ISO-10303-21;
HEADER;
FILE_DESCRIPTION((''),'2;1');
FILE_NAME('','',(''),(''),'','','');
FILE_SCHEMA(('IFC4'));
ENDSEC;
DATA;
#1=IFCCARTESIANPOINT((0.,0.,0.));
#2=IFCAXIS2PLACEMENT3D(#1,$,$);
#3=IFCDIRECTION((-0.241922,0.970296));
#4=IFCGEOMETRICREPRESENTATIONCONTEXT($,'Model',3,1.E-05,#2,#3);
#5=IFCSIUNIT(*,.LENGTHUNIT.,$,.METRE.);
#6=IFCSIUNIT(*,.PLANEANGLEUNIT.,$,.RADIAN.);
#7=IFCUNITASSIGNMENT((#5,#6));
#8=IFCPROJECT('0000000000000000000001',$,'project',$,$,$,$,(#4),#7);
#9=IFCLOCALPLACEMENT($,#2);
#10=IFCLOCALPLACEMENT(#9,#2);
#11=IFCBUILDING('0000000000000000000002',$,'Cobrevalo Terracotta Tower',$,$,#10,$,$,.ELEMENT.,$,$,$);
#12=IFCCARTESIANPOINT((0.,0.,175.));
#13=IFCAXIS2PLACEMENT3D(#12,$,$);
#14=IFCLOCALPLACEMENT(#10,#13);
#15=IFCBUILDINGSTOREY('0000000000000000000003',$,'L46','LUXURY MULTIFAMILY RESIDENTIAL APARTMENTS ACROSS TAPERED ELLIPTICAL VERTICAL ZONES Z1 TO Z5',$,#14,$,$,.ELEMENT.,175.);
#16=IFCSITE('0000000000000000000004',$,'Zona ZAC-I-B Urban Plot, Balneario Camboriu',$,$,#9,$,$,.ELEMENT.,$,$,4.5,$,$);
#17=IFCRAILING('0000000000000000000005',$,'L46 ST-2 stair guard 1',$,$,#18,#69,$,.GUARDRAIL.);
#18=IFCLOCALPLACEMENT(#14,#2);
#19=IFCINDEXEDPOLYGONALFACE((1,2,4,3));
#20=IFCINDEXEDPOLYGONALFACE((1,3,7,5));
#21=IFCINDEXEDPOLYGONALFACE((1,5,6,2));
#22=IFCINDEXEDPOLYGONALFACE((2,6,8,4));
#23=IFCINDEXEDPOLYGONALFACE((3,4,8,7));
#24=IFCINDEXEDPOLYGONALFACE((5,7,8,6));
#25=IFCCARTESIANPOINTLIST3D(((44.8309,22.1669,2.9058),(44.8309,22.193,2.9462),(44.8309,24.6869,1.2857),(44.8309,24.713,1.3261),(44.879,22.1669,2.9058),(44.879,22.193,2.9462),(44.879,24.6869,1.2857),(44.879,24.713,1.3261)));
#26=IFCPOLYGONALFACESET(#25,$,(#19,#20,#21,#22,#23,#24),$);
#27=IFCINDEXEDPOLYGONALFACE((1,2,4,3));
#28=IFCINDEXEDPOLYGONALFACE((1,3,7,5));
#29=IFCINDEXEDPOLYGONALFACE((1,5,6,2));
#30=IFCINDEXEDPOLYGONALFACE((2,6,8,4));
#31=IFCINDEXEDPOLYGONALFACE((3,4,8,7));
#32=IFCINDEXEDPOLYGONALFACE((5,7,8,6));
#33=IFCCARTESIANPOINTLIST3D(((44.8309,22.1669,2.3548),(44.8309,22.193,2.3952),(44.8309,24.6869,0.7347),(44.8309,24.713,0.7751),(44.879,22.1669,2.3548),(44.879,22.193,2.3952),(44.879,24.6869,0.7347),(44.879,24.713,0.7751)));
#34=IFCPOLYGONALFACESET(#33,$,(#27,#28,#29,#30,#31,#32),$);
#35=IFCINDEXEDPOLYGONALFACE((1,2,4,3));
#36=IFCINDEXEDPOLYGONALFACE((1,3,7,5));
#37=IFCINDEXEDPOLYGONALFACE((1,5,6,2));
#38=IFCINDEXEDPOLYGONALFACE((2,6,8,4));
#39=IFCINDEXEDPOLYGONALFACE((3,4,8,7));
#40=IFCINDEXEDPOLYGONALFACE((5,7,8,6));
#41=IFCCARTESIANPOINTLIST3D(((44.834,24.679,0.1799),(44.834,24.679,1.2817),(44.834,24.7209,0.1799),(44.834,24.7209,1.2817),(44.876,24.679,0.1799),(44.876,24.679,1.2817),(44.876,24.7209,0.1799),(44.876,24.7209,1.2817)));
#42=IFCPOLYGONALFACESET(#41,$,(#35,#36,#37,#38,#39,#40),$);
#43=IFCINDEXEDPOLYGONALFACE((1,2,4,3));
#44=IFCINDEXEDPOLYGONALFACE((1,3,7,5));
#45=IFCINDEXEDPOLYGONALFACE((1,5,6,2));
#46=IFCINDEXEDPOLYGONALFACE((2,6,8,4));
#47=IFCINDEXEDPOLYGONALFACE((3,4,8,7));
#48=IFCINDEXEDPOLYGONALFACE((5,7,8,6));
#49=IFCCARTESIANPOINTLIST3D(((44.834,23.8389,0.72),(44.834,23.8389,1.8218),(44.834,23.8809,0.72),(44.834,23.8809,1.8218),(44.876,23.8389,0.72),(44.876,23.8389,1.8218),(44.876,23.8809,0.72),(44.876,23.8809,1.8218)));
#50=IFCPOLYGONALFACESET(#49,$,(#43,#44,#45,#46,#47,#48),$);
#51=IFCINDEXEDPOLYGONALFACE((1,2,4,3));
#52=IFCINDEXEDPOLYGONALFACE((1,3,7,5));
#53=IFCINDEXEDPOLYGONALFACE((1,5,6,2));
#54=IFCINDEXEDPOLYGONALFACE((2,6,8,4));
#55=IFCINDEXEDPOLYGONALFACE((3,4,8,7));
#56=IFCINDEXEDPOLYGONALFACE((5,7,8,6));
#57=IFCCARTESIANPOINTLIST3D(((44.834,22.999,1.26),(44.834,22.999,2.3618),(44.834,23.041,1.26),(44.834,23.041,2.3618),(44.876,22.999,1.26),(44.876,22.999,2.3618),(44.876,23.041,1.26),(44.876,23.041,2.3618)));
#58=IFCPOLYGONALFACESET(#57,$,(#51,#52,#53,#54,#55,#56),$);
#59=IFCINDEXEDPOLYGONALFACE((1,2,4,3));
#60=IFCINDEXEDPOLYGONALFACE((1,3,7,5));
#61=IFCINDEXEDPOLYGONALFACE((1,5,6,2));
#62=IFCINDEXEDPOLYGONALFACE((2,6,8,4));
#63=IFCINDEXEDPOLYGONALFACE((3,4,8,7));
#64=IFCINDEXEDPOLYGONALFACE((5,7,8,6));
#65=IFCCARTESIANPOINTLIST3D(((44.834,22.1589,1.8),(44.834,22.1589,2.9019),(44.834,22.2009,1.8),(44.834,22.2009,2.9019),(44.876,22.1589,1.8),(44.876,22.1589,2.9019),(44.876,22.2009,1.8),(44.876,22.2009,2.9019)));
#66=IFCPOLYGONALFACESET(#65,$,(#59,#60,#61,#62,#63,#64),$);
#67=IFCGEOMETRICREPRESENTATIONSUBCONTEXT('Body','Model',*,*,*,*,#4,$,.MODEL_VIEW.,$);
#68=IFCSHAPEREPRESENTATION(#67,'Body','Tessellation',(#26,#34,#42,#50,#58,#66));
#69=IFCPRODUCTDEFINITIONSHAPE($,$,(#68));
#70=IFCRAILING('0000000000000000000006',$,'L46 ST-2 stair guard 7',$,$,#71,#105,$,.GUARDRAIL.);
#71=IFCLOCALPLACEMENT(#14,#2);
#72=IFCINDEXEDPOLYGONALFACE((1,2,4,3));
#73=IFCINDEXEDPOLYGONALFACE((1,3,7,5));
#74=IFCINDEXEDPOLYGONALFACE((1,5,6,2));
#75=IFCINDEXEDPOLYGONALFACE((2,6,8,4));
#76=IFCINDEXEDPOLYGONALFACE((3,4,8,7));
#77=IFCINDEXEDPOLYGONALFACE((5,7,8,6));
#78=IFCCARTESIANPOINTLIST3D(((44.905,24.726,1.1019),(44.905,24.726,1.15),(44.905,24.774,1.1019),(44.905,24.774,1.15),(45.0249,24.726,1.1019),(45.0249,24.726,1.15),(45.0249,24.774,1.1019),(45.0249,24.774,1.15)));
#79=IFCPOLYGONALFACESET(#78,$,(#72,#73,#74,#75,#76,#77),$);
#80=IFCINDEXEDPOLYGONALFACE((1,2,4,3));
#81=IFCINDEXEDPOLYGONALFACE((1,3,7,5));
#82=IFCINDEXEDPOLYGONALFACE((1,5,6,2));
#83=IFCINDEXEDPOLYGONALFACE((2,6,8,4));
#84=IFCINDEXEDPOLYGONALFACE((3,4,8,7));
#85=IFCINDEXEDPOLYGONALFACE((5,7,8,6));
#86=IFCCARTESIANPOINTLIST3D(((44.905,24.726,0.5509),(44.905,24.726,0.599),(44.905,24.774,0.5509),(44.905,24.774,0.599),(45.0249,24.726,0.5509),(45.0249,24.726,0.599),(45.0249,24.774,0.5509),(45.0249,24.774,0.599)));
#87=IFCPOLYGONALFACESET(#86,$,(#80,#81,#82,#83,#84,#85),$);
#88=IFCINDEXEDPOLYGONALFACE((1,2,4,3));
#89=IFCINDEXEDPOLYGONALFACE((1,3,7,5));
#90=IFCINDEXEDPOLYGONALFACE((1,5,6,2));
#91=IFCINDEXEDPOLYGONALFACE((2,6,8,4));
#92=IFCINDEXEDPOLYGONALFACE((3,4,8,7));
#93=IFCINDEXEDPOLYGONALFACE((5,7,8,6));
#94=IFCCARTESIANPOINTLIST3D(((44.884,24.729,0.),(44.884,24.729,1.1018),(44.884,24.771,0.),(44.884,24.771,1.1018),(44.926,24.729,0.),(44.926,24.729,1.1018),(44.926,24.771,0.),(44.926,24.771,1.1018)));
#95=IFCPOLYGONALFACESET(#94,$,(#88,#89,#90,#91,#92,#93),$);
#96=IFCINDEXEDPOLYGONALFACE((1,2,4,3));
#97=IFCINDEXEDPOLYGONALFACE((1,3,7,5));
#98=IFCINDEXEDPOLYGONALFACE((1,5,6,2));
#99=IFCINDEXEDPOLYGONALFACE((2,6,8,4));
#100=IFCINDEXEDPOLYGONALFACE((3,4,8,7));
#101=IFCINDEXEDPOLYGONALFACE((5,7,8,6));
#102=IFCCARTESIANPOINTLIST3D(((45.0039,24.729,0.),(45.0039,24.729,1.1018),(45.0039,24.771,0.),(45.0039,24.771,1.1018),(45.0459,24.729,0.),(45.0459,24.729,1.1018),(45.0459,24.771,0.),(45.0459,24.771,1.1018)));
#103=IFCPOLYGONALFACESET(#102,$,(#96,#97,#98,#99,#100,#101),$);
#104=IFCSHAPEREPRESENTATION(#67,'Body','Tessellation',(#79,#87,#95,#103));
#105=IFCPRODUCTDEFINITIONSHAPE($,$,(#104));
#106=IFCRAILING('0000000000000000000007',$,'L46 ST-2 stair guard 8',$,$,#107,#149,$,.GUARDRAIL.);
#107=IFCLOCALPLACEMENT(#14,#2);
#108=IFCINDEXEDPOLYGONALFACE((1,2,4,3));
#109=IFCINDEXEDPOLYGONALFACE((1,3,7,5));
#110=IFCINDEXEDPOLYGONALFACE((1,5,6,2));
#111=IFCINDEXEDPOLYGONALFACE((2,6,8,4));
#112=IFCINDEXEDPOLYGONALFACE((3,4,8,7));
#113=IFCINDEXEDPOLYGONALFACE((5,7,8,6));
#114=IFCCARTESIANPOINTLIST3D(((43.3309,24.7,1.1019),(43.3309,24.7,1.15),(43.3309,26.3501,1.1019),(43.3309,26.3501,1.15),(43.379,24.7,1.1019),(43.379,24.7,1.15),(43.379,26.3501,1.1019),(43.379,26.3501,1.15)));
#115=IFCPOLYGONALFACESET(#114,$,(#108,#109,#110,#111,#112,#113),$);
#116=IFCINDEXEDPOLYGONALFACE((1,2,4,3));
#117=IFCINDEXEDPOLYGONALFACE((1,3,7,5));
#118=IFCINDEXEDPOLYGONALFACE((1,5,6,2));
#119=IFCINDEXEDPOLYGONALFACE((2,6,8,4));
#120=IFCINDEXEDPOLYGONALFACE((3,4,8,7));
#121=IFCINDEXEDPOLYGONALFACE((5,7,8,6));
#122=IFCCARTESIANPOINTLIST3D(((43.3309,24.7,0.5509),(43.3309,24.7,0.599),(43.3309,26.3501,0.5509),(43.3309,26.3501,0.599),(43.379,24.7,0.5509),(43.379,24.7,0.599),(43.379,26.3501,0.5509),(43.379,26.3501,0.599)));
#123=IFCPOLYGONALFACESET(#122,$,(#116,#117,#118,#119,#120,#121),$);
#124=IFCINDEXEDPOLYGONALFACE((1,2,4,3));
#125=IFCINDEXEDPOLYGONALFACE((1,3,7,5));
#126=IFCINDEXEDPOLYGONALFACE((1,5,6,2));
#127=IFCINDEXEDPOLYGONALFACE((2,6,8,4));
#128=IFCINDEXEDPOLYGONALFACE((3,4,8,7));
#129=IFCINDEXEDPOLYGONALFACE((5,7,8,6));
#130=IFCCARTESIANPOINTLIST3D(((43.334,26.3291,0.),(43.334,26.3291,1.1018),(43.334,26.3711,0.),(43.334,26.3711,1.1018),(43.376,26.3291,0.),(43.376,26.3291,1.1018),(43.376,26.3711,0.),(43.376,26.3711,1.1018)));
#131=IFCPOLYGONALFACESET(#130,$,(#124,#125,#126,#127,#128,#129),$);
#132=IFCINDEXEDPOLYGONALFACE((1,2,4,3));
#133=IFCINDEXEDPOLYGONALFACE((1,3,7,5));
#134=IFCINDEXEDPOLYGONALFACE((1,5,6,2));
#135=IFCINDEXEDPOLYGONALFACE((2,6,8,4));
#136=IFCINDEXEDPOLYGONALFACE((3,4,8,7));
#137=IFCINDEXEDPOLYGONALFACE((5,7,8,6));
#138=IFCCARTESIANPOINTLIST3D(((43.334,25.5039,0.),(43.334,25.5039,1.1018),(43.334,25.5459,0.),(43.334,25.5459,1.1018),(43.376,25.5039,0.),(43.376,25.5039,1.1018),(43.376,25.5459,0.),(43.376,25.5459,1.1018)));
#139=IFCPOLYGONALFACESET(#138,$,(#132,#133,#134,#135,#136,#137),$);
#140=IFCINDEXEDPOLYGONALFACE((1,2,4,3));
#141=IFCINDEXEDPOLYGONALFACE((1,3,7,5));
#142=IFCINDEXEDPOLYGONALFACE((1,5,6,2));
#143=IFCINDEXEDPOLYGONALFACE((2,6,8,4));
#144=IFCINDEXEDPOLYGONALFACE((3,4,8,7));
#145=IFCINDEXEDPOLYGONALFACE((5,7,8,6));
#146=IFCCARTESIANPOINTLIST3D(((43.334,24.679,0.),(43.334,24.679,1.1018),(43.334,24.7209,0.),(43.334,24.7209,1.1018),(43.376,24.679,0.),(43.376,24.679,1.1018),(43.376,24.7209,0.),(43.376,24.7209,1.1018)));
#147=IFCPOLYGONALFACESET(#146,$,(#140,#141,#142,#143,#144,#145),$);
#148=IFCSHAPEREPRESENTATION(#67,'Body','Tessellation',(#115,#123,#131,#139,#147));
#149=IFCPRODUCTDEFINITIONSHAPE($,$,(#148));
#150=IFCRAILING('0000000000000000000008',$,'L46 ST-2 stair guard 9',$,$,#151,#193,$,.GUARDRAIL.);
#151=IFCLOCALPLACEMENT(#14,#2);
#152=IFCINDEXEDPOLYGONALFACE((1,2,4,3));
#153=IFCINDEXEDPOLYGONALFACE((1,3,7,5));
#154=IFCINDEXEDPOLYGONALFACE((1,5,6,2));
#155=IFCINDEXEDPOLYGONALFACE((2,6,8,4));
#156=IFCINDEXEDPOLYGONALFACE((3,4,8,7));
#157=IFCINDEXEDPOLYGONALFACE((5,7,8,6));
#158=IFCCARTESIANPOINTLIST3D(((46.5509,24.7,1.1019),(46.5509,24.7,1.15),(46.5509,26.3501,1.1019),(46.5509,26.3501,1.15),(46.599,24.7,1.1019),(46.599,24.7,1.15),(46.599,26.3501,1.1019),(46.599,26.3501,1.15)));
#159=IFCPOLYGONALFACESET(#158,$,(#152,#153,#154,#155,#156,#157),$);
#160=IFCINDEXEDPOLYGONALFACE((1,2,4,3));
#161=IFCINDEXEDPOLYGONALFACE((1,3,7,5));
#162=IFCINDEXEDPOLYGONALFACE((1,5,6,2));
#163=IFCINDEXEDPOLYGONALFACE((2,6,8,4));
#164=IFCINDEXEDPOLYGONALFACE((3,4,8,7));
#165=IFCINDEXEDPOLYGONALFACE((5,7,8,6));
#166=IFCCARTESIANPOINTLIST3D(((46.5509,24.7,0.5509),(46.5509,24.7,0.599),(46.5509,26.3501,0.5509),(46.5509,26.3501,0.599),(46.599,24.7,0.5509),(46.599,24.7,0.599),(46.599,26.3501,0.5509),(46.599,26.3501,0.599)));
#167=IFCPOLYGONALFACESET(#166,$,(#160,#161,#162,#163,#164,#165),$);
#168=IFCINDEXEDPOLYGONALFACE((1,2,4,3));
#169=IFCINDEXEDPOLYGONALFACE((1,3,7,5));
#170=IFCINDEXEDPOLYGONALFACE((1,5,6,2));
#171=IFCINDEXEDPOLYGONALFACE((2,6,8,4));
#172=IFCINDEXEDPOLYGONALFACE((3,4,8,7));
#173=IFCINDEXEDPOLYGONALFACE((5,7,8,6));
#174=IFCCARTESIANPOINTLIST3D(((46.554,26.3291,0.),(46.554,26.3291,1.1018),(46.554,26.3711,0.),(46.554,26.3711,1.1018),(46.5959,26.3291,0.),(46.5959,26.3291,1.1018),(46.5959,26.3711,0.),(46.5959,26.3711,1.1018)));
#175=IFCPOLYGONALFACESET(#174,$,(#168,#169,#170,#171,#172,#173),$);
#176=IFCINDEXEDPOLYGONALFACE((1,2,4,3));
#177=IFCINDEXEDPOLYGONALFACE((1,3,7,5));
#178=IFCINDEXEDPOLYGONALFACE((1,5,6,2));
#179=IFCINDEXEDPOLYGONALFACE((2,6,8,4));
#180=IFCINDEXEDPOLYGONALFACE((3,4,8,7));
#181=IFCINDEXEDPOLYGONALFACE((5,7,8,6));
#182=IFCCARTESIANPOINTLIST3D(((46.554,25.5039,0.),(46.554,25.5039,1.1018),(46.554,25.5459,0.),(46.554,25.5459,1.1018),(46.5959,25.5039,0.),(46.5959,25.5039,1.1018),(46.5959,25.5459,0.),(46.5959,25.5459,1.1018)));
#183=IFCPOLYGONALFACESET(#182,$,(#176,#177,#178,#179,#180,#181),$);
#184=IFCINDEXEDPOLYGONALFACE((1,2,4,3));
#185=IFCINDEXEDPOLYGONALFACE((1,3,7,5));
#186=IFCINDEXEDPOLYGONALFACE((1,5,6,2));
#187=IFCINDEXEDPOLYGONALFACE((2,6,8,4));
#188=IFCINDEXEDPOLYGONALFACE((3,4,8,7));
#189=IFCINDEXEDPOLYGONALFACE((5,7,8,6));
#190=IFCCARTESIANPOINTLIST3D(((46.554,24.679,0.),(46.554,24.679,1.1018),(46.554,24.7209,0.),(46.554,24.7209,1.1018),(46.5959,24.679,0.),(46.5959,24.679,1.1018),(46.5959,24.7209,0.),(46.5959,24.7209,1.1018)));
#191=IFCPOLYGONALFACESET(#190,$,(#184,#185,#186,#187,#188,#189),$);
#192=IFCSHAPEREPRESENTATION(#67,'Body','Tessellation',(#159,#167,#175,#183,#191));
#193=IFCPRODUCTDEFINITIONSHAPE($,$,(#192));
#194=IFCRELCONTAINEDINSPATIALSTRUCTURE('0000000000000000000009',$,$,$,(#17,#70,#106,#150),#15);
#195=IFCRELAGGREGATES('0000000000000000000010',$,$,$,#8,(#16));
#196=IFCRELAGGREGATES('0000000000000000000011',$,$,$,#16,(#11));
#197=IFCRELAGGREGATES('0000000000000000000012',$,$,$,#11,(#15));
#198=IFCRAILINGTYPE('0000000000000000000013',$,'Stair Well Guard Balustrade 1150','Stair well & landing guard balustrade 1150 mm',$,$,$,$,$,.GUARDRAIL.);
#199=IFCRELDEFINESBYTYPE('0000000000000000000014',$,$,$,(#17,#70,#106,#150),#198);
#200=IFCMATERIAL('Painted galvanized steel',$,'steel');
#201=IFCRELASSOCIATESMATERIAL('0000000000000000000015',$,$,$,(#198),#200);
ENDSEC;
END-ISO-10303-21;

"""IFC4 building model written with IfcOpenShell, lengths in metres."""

from ifc_helpers import new_model, si_unit, direction, frame, origin, origin_2d, place, context, subcontext, project, spatial, rectangle, extrude, material, type_object, element, save


model = new_model("IFC4")

# Units and contexts
model_context = context("Model", 3, precision=1e-05, world=origin(), true_north=direction((-0.241922, 0.970296)))
body_context = subcontext(model_context, "Body", "Model", "MODEL_VIEW")
ifc_project = project(units=[si_unit("LENGTHUNIT", "METRE"), si_unit("PLANEANGLEUNIT", "RADIAN")], contexts=[model_context])

# Site, building, storey
site_placement = place(None, origin())
site = spatial("IfcSite", under=ifc_project, at=site_placement, Name="Zona ZAC-I-B Urban Plot, Balneario Camboriu", CompositionType="ELEMENT", RefElevation=4.5)
building_placement = place(site_placement, origin())
building = spatial("IfcBuilding", under=site, at=building_placement, Name="Cobrevalo Terracotta Tower", CompositionType="ELEMENT")
storey_placement = place(building_placement, frame((0.0, 0.0, 175.0)))
storey = spatial("IfcBuildingStorey", under=building, at=storey_placement, Name="L46", Description="LUXURY MULTIFAMILY RESIDENTIAL APARTMENTS ACROSS TAPERED ELLIPTICAL VERTICAL ZONES Z1 TO Z5", CompositionType="ELEMENT", Elevation=175.0)

# Railings
ifc_material_1 = material(Name="Painted galvanized steel", Category="steel")
railing_type_1 = type_object("IfcRailingType", Name="Stair Well Guard Balustrade 1150", Description="Stair well & landing guard balustrade 1150 mm", PredefinedType="GUARDRAIL", material=ifc_material_1)
railing_1_placement = place(storey_placement, frame((44.855, 24.7, 0.1799)))
element("IfcRailing", 1, at=railing_1_placement, inside=storey, type_object=railing_type_1, Name="L46 ST-2 stair guard 1", PredefinedType="GUARDRAIL", context=body_context, shape_type="SweptSolid", body=[
    extrude(rectangle(XDim=0.0481, YDim=0.0481, at=origin_2d()), frame((0.0, 0.0, 1.126), z_axis=(0.0, -0.841163, 0.540782), x_axis=(1.0, 0.0, 0.0)), (0.0, 0.0, 1.0), 2.9958),
    extrude(rectangle(XDim=0.0481, YDim=0.0481, at=origin_2d()), frame((0.0, 0.0, 0.575), z_axis=(0.0, -0.841163, 0.540782), x_axis=(1.0, 0.0, 0.0)), (0.0, 0.0, 1.0), 2.9958),
    extrude(rectangle(XDim=0.042, YDim=0.042, at=origin_2d()), origin(), (0.0, 0.0, 1.0), 1.1018),
    extrude(rectangle(XDim=0.042, YDim=0.042, at=origin_2d()), frame((0.0, -0.8401, 0.54)), (0.0, 0.0, 1.0), 1.1018),
    extrude(rectangle(XDim=0.042, YDim=0.042, at=origin_2d()), frame((0.0, -1.6799, 1.0801)), (0.0, 0.0, 1.0), 1.1018),
    extrude(rectangle(XDim=0.042, YDim=0.042, at=origin_2d()), frame((0.0, -2.52, 1.6201)), (0.0, 0.0, 1.0), 1.1018),
])
railing_2_placement = place(storey_placement, frame((44.905, 24.75, 0.0)))
element("IfcRailing", 2, at=railing_2_placement, inside=storey, type_object=railing_type_1, Name="L46 ST-2 stair guard 7", PredefinedType="GUARDRAIL", context=body_context, shape_type="SweptSolid", body=[
    extrude(rectangle(XDim=0.0481, YDim=0.0481, at=origin_2d()), frame((0.0, 0.0, 1.126), z_axis=(1.0, 0.0, 0.0), x_axis=(0.0, 1.0, 0.0)), (0.0, 0.0, 1.0), 0.1199),
    extrude(rectangle(XDim=0.0481, YDim=0.0481, at=origin_2d()), frame((0.0, 0.0, 0.575), z_axis=(1.0, 0.0, 0.0), x_axis=(0.0, 1.0, 0.0)), (0.0, 0.0, 1.0), 0.1199),
    extrude(rectangle(XDim=0.042, YDim=0.042, at=origin_2d()), origin(), (0.0, 0.0, 1.0), 1.1018),
    extrude(rectangle(XDim=0.042, YDim=0.042, at=origin_2d()), frame((0.1199, 0.0, 0.0)), (0.0, 0.0, 1.0), 1.1018),
])
for number, where, name in (
    (3, (43.355, 26.3501, 0.0), "L46 ST-2 stair guard 8"),
    (4, (46.575, 26.3501, 0.0), "L46 ST-2 stair guard 9"),
):
    element("IfcRailing", number, at=place(storey_placement, frame(where)), inside=storey, type_object=railing_type_1, Name=name, PredefinedType="GUARDRAIL", context=body_context, shape_type="SweptSolid", body=[
        extrude(rectangle(XDim=0.0481, YDim=0.0481, at=origin_2d()), frame((0.0, 0.0, 1.126), z_axis=(0.0, -1.0, 0.0), x_axis=(1.0, 0.0, 0.0)), (0.0, 0.0, 1.0), 1.6501),
        extrude(rectangle(XDim=0.0481, YDim=0.0481, at=origin_2d()), frame((0.0, 0.0, 0.575), z_axis=(0.0, -1.0, 0.0), x_axis=(1.0, 0.0, 0.0)), (0.0, 0.0, 1.0), 1.6501),
        extrude(rectangle(XDim=0.042, YDim=0.042, at=origin_2d()), origin(), (0.0, 0.0, 1.0), 1.1018),
        extrude(rectangle(XDim=0.042, YDim=0.042, at=origin_2d()), frame((0.0, -0.8252, 0.0)), (0.0, 0.0, 1.0), 1.1018),
        extrude(rectangle(XDim=0.042, YDim=0.042, at=origin_2d()), frame((0.0, -1.6501, 0.0)), (0.0, 0.0, 1.0), 1.1018),
    ])

save(model, "model.ifc")
